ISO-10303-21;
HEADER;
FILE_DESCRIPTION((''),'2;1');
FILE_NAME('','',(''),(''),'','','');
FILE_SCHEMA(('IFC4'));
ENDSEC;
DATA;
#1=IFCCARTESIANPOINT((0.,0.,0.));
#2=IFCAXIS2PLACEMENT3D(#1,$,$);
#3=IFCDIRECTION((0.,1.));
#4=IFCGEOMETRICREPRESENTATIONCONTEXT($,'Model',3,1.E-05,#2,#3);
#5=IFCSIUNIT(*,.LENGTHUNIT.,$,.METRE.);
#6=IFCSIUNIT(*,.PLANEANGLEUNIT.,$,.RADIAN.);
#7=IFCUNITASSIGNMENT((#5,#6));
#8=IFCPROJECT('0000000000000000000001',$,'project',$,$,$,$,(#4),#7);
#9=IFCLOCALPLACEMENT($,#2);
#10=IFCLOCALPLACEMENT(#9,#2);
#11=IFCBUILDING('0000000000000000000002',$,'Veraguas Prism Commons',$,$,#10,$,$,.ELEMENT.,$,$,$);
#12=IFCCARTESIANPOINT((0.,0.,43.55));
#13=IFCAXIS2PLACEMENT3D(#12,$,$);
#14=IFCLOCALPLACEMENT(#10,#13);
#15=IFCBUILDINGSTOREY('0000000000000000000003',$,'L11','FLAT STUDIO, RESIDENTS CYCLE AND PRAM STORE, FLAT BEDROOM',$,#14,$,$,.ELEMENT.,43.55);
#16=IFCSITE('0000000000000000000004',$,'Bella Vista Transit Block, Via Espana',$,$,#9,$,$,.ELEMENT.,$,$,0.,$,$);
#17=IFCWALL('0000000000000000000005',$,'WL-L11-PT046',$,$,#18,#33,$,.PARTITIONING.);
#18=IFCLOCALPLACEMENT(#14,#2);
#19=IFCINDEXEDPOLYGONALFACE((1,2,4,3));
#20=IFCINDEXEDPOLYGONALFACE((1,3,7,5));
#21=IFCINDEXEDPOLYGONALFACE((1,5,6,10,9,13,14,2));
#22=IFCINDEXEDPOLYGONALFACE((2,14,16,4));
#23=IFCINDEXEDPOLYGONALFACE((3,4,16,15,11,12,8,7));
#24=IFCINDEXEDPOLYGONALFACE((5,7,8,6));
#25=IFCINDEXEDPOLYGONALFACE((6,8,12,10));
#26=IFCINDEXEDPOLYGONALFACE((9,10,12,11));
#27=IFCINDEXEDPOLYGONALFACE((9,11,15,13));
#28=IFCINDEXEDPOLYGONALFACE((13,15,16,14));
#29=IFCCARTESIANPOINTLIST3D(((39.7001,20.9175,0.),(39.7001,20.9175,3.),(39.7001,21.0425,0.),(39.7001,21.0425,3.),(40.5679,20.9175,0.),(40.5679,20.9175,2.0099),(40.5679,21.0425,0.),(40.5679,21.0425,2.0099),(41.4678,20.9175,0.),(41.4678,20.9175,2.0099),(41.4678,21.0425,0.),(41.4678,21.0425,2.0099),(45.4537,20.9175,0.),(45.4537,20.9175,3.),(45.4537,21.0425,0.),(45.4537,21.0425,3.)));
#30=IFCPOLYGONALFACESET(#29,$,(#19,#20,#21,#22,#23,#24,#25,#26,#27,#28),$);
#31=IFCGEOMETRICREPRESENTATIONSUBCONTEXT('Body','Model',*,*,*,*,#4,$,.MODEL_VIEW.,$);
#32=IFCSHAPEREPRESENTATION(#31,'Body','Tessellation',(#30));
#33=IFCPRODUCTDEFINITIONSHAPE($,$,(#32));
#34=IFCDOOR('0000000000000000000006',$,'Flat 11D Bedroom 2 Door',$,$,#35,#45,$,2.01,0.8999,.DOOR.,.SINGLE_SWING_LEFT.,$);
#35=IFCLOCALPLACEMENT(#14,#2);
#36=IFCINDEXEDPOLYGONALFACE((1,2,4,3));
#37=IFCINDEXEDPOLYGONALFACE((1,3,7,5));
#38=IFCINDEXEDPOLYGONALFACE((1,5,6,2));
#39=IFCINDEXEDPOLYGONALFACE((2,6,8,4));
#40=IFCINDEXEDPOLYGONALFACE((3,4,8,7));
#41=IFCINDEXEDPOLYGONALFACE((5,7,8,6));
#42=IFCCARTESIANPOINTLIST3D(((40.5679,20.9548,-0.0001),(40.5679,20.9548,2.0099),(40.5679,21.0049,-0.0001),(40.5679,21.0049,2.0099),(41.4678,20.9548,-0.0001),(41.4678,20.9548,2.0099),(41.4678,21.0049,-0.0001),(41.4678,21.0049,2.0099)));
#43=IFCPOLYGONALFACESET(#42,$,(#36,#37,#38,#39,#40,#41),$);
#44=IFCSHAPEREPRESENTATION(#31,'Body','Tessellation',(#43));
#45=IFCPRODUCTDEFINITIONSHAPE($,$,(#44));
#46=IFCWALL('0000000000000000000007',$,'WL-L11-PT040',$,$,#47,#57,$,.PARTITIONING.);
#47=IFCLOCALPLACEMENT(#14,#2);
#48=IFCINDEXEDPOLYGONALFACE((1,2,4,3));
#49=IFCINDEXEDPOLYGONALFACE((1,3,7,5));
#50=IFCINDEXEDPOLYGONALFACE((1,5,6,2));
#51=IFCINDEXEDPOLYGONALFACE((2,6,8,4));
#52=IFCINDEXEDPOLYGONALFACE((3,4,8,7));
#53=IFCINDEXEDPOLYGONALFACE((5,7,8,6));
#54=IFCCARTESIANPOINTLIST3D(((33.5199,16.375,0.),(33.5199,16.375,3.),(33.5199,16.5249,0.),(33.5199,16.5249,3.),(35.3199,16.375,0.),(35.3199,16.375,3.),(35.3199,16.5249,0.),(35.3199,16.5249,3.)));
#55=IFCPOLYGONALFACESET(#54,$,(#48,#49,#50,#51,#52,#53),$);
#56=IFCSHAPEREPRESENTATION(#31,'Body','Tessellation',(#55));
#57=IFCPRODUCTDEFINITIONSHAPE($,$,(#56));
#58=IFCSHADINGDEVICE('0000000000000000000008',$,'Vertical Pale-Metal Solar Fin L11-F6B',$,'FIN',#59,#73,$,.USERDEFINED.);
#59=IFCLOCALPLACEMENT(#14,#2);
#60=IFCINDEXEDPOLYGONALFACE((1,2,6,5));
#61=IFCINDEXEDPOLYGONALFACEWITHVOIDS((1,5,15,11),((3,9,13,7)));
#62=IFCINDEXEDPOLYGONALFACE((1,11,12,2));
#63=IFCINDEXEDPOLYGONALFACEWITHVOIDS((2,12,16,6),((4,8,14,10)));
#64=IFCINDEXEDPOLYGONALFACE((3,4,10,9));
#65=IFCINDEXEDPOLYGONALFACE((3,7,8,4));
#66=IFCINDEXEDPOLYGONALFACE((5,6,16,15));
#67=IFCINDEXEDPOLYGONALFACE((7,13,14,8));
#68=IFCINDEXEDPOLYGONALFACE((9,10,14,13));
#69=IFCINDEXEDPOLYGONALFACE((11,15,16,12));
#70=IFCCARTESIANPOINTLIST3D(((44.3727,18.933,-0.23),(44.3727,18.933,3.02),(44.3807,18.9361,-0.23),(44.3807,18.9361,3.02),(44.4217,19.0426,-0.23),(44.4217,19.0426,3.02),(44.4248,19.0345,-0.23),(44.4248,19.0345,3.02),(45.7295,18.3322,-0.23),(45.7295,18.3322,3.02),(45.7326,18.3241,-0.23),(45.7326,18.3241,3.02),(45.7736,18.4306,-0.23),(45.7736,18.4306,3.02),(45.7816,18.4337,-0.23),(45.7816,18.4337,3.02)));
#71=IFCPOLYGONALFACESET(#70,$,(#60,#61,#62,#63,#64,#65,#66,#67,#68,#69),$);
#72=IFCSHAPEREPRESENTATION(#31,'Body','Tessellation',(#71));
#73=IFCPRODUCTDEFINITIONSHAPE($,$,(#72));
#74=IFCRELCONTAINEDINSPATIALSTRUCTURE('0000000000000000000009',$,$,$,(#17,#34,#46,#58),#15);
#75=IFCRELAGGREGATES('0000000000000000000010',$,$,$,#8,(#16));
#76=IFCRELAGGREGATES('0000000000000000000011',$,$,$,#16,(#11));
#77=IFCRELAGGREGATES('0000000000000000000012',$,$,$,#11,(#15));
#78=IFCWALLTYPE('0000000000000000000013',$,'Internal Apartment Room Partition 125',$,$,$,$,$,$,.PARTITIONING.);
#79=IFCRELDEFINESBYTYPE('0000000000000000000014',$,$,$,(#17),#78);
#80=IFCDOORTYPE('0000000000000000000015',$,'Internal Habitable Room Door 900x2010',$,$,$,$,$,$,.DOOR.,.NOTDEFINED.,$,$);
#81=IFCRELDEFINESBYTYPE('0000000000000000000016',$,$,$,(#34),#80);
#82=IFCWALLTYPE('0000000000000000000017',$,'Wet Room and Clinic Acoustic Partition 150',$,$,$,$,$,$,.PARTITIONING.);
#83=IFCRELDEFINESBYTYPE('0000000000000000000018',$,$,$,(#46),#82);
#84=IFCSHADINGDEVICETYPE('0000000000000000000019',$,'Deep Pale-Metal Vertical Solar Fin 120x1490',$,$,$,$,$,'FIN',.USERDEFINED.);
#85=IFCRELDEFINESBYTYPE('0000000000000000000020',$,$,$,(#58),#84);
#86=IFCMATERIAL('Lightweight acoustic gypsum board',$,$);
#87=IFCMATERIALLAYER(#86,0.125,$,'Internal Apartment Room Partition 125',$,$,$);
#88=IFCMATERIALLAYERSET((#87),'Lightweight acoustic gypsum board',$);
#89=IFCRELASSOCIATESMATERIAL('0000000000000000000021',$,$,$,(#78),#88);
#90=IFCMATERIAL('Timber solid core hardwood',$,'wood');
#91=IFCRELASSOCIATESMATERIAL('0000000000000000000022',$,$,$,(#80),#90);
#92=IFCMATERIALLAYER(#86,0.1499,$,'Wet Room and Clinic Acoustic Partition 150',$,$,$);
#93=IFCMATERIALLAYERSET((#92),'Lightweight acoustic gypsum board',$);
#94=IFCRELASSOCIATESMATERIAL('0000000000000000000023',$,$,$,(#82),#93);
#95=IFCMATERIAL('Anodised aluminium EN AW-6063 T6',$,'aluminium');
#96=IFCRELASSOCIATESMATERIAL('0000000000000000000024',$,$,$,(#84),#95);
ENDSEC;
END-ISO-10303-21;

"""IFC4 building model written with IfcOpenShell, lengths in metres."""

from ifc_helpers import new_model, si_unit, direction, frame, frame_2d, origin, origin_2d, place, context, subcontext, project, spatial, rectangle, hollow_rectangle, extrude, source, transform, mapped, material, layer, layer_set, material_profile, profile_set, type_object, element, fill, save


model = new_model("IFC4")

# Units and contexts
model_context = context("Model", 3, precision=1e-05, world=origin(), true_north=direction((0.0, 1.0)))
body_context = subcontext(model_context, "Body", "Model", "MODEL_VIEW")
ifc_project = project(units=[si_unit("LENGTHUNIT", "METRE"), si_unit("PLANEANGLEUNIT", "RADIAN")], contexts=[model_context])

# Site, building, storey
site_placement = place(None, origin())
site = spatial("IfcSite", under=ifc_project, at=site_placement, Name="Bella Vista Transit Block, Via Espana", CompositionType="ELEMENT", RefElevation=0.0)
building_placement = place(site_placement, origin())
building = spatial("IfcBuilding", under=site, at=building_placement, Name="Veraguas Prism Commons", CompositionType="ELEMENT")
storey_placement = place(building_placement, frame((0.0, 0.0, 43.55)))
storey = spatial("IfcBuildingStorey", under=building, at=storey_placement, Name="L11", Description="FLAT STUDIO, RESIDENTS CYCLE AND PRAM STORE, FLAT BEDROOM", CompositionType="ELEMENT", Elevation=43.55)

# Shared definitions
ifc_material_1 = material(Name="Anodised aluminium EN AW-6063 T6", Category="aluminium")

# Shared definitions
ifc_material_2 = material(Name="Lightweight acoustic gypsum board")
ifc_layer_1 = layer(ifc_material_2, 0.125, Name="Internal Apartment Room Partition 125")
ifc_layer_set_1 = layer_set([ifc_layer_1], Name="Lightweight acoustic gypsum board")
wall_type_1 = type_object("IfcWallType", Name="Internal Apartment Room Partition 125", PredefinedType="PARTITIONING", material=ifc_layer_set_1)
ifc_material_3 = material(Name="Timber solid core hardwood", Category="wood")
door_type_1 = type_object("IfcDoorType", Name="Internal Habitable Room Door 900x2010", OperationType="NOTDEFINED", PredefinedType="DOOR", material=ifc_material_3)
shared_shape_1 = source(origin(), body_context, "Body", "SweptSolid", [
    extrude(rectangle(XDim=0.8999, YDim=2.01, at=frame_2d((0.45, 1.0049))), frame((0.0, 0.0249, 0.0), z_axis=(0.0, -1.0, 0.0), x_axis=(1.0, 0.0, 0.0)), (0.0, 0.0, 1.0), 0.05),
])

# Wall, opening, door
wall_1_placement = place(storey_placement, frame((39.7, 20.98, 0.0), z_axis=(0.0, 0.0, 1.0), x_axis=(1.0, 0.0, 0.0)))
wall_1 = element("IfcWall", 1, at=wall_1_placement, inside=storey, type_object=wall_type_1, Name="WL-L11-PT046", PredefinedType="PARTITIONING", context=body_context, shape_type="SweptSolid", body=[
    extrude(rectangle(XDim=5.7537, YDim=0.125, at=frame_2d((2.877, 0.0))), origin(), (0.0, 0.0, 1.0), 3.0),
])
opening_1_placement = place(wall_1_placement, frame((0.8679, 0.0, 0.0)))
opening_1 = element("IfcOpeningElement", 2, at=opening_1_placement, cuts=wall_1, PredefinedType="OPENING", context=body_context, shape_type="SweptSolid", body=[
    extrude(rectangle(XDim=0.8999, YDim=2.01, at=frame_2d((0.45, 1.0049))), frame((0.0, 0.0725, 0.0), z_axis=(0.0, -1.0, 0.0), x_axis=(1.0, 0.0, 0.0)), (0.0, 0.0, 1.0), 0.145),
])
door_1_placement = place(opening_1_placement, origin())
door_1 = element("IfcDoor", 3, at=door_1_placement, inside=storey, type_object=door_type_1, Name="Flat 11D Bedroom 2 Door", OperationType="SINGLE_SWING_LEFT", OverallHeight=2.01, OverallWidth=0.8999, PredefinedType="DOOR", context=body_context, shape_type="MappedRepresentation", body=[
    mapped(shared_shape_1, transform((0.0, 0.0, 0.0), scale=1.0)),
])
fill(opening_1, door_1)

# Wall
ifc_layer_2 = layer(ifc_material_2, 0.1499, Name="Wet Room and Clinic Acoustic Partition 150")
ifc_layer_set_2 = layer_set([ifc_layer_2], Name="Lightweight acoustic gypsum board")
wall_type_2 = type_object("IfcWallType", Name="Wet Room and Clinic Acoustic Partition 150", PredefinedType="PARTITIONING", material=ifc_layer_set_2)
wall_2_placement = place(storey_placement, frame((33.52, 16.45, 0.0), z_axis=(0.0, 0.0, 1.0), x_axis=(1.0, 0.0, 0.0)))
element("IfcWall", 4, at=wall_2_placement, inside=storey, type_object=wall_type_2, Name="WL-L11-PT040", PredefinedType="PARTITIONING", context=body_context, shape_type="SweptSolid", body=[
    extrude(rectangle(XDim=1.8, YDim=0.1499, at=frame_2d((0.8999, 0.0))), origin(), (0.0, 0.0, 1.0), 3.0),
])

# Shading device
ifc_material_profile_1 = material_profile(ifc_material_1, hollow_rectangle(XDim=0.1201, YDim=1.49, WallThickness=0.0061, at=origin_2d()), Name="FIN120X1490X6")
ifc_profile_set_1 = profile_set([ifc_material_profile_1], Name="Anodised aluminium EN AW-6063 T6")
shading_device_type = type_object("IfcShadingDeviceType", Name="Deep Pale-Metal Vertical Solar Fin 120x1490", ElementType="FIN", PredefinedType="USERDEFINED", material=ifc_profile_set_1)
shading_device_placement = place(storey_placement, frame((45.0771, 18.6833, -0.23), z_axis=(0.0, 0.0, 1.0), x_axis=(0.408646, 0.912693, 0.0)))
element("IfcShadingDevice", 5, at=shading_device_placement, inside=storey, type_object=shading_device_type, Name="Vertical Pale-Metal Solar Fin L11-F6B", ObjectType="FIN", PredefinedType="USERDEFINED", context=body_context, shape_type="SweptSolid", body=[
    extrude(hollow_rectangle(XDim=0.1201, YDim=1.49, WallThickness=0.0061, at=origin_2d()), origin(), (0.0, 0.0, 1.0), 3.25),
])

save(model, "model.ifc")
